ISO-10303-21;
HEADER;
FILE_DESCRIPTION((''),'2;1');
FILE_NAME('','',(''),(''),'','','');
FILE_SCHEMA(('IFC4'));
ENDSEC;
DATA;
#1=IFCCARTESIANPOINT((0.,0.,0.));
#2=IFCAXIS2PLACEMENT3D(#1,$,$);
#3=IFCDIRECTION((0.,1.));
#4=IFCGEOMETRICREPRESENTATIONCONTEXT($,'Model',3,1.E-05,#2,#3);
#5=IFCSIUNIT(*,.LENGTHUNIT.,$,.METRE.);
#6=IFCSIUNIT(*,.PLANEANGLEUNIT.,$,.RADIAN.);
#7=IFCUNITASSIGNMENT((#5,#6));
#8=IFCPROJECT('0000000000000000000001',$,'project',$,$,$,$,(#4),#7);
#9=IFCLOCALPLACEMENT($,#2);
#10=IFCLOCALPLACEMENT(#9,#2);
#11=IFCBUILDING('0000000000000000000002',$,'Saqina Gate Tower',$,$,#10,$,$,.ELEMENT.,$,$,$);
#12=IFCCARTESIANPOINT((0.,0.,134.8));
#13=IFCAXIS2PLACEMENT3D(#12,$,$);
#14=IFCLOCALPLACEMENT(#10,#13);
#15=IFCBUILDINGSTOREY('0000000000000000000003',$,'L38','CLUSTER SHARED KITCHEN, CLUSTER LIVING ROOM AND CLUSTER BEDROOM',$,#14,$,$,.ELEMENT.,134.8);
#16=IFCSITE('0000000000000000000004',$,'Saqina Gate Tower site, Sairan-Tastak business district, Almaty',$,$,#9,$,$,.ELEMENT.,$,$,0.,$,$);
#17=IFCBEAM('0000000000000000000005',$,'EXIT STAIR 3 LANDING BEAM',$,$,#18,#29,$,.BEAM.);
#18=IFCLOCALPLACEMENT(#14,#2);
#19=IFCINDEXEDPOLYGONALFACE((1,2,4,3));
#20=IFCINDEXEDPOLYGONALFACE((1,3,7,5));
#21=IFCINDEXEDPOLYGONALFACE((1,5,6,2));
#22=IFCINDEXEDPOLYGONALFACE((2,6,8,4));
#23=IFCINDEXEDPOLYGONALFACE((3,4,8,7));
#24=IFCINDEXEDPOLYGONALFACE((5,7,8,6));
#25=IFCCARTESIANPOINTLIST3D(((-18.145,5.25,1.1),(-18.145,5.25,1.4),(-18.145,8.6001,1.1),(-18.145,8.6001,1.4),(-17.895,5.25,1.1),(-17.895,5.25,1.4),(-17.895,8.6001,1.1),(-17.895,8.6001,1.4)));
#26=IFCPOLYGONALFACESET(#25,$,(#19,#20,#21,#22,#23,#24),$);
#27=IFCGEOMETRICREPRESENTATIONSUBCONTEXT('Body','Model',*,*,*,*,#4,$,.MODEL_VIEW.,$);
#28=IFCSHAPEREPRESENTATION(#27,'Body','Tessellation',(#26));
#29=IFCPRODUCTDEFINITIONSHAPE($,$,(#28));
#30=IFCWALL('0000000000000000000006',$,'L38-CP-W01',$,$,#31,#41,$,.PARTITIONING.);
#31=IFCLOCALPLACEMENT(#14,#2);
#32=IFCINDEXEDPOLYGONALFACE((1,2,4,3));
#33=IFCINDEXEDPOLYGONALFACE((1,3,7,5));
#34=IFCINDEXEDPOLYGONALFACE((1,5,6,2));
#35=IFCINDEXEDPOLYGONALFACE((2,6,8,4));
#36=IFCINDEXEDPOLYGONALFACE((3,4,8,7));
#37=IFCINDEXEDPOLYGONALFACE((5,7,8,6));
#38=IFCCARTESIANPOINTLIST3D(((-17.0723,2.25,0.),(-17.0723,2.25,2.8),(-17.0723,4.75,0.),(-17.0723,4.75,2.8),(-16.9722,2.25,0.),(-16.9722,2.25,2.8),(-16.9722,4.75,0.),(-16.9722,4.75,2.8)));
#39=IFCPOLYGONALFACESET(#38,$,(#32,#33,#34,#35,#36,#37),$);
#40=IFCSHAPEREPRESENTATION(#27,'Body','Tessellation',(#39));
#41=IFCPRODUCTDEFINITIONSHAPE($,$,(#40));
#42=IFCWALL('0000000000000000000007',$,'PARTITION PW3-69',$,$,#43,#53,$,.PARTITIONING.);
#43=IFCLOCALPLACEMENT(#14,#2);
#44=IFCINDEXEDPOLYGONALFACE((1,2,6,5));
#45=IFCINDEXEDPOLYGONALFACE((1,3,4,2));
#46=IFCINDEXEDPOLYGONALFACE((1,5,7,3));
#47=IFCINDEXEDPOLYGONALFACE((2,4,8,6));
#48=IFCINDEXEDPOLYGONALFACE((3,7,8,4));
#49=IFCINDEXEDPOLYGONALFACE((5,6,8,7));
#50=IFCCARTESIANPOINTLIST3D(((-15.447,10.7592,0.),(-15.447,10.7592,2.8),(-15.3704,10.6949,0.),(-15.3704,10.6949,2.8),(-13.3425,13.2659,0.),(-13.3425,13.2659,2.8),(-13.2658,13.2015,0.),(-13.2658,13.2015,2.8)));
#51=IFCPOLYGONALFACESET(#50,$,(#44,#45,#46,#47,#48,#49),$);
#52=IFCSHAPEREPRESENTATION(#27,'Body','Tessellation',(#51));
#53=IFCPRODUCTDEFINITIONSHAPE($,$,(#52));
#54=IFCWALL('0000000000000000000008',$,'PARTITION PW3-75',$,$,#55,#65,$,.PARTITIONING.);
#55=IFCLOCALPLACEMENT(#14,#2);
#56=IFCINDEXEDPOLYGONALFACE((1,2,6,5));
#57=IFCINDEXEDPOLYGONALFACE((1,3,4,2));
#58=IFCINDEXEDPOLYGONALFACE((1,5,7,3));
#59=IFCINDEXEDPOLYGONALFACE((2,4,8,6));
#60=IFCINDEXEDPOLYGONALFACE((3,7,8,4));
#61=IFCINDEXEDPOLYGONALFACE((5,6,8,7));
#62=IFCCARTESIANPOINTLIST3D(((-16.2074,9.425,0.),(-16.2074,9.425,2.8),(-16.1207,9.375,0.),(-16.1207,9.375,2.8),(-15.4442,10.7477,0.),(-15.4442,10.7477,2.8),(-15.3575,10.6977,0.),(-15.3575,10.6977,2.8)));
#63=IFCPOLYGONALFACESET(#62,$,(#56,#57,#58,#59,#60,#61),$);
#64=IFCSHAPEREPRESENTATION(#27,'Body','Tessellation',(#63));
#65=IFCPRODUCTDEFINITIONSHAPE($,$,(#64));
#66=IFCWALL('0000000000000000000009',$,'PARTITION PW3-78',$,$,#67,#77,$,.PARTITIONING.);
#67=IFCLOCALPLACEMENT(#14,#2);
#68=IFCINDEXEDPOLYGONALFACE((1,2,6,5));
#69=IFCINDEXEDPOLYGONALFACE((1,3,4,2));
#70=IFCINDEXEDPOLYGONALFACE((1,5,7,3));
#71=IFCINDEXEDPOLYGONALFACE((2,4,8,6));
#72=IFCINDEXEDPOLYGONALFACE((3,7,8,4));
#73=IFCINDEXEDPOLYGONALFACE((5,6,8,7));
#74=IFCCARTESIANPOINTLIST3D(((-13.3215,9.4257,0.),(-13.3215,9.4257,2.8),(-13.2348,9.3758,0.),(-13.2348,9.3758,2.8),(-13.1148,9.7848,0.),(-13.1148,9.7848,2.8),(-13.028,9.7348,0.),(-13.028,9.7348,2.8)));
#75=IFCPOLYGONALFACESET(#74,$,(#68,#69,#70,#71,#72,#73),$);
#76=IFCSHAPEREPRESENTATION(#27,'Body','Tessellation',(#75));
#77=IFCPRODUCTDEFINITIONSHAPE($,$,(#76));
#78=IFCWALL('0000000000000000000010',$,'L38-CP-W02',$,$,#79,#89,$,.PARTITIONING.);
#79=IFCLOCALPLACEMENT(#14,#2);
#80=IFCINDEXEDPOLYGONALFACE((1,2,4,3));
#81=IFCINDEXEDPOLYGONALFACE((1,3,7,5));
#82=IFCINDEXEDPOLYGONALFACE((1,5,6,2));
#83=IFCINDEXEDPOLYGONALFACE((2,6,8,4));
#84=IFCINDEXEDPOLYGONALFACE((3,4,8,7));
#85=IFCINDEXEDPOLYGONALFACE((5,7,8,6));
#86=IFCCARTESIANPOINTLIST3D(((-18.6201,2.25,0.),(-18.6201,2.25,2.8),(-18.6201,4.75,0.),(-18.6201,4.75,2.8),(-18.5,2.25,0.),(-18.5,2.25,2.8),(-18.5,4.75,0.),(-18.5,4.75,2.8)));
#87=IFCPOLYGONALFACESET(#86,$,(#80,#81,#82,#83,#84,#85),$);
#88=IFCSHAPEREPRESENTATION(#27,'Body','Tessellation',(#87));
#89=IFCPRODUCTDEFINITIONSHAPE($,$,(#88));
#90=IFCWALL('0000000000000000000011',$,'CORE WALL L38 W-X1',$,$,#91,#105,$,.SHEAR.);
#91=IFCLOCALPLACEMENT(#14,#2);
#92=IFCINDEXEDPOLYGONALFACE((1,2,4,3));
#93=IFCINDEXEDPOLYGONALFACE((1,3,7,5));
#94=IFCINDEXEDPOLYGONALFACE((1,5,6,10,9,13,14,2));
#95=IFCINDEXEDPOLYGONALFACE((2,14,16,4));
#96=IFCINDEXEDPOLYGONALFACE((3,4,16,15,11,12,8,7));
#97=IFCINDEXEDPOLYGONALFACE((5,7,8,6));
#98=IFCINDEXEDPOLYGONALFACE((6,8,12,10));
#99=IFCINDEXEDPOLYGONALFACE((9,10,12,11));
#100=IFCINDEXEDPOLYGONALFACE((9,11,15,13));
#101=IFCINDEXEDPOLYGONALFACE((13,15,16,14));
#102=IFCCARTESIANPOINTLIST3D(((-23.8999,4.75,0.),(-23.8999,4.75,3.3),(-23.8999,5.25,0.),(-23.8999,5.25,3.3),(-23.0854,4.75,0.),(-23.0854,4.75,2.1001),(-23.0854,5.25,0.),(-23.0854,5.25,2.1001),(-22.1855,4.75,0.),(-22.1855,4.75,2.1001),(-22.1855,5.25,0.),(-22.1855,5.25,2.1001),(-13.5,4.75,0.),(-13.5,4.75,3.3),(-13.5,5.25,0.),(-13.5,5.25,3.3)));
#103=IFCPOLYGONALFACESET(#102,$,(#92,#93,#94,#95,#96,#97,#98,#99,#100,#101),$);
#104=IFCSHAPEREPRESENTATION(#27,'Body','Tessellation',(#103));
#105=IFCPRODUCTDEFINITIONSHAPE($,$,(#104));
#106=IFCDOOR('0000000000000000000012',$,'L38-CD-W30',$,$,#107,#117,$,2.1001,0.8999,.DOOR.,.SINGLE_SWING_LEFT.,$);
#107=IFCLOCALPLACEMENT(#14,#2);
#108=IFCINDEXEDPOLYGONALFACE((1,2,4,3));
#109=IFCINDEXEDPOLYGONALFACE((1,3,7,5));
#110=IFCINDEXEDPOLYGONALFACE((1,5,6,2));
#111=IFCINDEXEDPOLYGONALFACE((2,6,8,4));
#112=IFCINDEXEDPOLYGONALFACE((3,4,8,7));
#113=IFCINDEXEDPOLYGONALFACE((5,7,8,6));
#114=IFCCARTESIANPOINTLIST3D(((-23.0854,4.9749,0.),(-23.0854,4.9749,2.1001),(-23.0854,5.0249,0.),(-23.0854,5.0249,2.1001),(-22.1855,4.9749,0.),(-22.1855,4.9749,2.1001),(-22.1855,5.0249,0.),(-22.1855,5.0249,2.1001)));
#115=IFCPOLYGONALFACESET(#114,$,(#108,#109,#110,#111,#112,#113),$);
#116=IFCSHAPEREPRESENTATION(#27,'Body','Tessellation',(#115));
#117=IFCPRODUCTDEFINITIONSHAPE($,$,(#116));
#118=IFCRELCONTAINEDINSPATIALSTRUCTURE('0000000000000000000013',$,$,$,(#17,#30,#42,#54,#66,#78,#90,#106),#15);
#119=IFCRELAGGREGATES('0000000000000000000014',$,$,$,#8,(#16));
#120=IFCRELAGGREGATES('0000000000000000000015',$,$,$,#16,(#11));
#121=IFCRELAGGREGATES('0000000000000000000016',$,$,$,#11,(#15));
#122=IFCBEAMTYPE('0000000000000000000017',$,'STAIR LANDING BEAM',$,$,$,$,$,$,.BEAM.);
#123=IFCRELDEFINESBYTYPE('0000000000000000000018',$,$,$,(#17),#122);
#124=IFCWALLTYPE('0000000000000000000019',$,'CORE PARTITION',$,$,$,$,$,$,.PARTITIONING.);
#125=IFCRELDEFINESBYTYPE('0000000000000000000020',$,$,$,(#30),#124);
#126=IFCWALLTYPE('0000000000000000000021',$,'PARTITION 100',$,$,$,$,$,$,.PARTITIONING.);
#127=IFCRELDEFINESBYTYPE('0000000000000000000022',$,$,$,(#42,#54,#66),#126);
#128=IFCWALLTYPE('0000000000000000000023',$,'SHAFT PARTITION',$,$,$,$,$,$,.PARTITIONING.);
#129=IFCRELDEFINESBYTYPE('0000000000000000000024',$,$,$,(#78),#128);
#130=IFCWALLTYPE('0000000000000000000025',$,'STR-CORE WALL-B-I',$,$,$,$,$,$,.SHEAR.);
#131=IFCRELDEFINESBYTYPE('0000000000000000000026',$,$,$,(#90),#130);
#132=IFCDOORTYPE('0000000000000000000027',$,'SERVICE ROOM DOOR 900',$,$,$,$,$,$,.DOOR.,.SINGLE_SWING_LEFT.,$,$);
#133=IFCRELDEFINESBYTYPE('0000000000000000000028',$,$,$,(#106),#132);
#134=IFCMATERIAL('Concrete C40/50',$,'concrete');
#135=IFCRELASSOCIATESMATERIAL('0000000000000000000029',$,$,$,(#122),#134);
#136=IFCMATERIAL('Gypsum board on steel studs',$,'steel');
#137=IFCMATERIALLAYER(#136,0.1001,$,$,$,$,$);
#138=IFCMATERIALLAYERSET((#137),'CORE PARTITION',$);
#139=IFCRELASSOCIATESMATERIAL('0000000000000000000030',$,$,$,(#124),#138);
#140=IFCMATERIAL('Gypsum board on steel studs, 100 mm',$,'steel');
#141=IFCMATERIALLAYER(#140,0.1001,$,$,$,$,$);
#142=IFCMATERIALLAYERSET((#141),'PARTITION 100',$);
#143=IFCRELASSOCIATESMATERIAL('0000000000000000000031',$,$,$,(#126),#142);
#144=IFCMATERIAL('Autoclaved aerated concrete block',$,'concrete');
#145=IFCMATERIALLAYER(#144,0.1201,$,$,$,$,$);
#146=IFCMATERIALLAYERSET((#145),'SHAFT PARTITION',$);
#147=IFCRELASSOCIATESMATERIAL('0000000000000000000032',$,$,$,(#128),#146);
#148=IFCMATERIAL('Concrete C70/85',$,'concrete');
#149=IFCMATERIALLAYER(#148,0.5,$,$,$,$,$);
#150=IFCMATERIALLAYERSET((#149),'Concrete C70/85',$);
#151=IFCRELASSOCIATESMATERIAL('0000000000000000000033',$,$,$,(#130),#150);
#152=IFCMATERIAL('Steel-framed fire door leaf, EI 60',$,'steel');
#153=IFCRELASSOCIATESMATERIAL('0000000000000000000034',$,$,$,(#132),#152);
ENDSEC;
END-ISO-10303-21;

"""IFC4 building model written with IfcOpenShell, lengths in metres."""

from ifc_helpers import new_model, si_unit, direction, frame, frame_2d, origin, origin_2d, place, context, subcontext, project, spatial, rectangle, extrude, material, layer, layer_set, material_profile, profile_set, type_object, element, fill, save


model = new_model("IFC4")

# Units and contexts
model_context = context("Model", 3, precision=1e-05, world=origin(), true_north=direction((0.0, 1.0)))
body_context = subcontext(model_context, "Body", "Model", "MODEL_VIEW")
ifc_project = project(units=[si_unit("LENGTHUNIT", "METRE"), si_unit("PLANEANGLEUNIT", "RADIAN")], contexts=[model_context])

# Site, building, storey
site_placement = place(None, origin())
site = spatial("IfcSite", under=ifc_project, at=site_placement, Name="Saqina Gate Tower site, Sairan-Tastak business district, Almaty", CompositionType="ELEMENT", RefElevation=0.0)
building_placement = place(site_placement, origin())
building = spatial("IfcBuilding", under=site, at=building_placement, Name="Saqina Gate Tower", CompositionType="ELEMENT")
storey_placement = place(building_placement, frame((0.0, 0.0, 134.8)))
storey = spatial("IfcBuildingStorey", under=building, at=storey_placement, Name="L38", Description="CLUSTER SHARED KITCHEN, CLUSTER LIVING ROOM AND CLUSTER BEDROOM", CompositionType="ELEMENT", Elevation=134.8)

# Beam
ifc_material_1 = material(Name="Concrete C40/50", Category="concrete")
ifc_material_profile = material_profile(ifc_material_1, rectangle(XDim=0.25, YDim=0.3, at=origin_2d()), Name="STAIR LANDING BEAM")
ifc_profile_set = profile_set([ifc_material_profile], Name="Concrete C40/50")
beam_type = type_object("IfcBeamType", Name="STAIR LANDING BEAM", PredefinedType="BEAM", material=ifc_profile_set)
beam_placement = place(storey_placement, frame((-18.02, 5.25, 1.25), z_axis=(0.0, 1.0, 0.0), x_axis=(-1.0, 0.0, 0.0)))
element("IfcBeam", 1, at=beam_placement, inside=storey, type_object=beam_type, Name="EXIT STAIR 3 LANDING BEAM", PredefinedType="BEAM", context=body_context, shape_type="SweptSolid", body=[
    extrude(rectangle(XDim=0.25, YDim=0.3, at=origin_2d()), origin(), (0.0, 0.0, 1.0), 3.3501),
])

# Walls
ifc_material_2 = material(Name="Gypsum board on steel studs", Category="steel")
ifc_layer_1 = layer(ifc_material_2, 0.1001)
ifc_layer_set_1 = layer_set([ifc_layer_1], Name="CORE PARTITION")
wall_type_1 = type_object("IfcWallType", Name="CORE PARTITION", PredefinedType="PARTITIONING", material=ifc_layer_set_1)
wall_1_placement = place(storey_placement, frame((-17.0222, 2.25, 0.0), z_axis=(0.0, 0.0, 1.0), x_axis=(0.0, 1.0, 0.0)))
element("IfcWall", 2, at=wall_1_placement, inside=storey, type_object=wall_type_1, Name="L38-CP-W01", PredefinedType="PARTITIONING", context=body_context, shape_type="SweptSolid", body=[
    extrude(rectangle(XDim=2.5, YDim=0.1001, at=frame_2d((1.25, 0.0))), origin(), (0.0, 0.0, 1.0), 2.8),
])
ifc_material_3 = material(Name="Gypsum board on steel studs, 100 mm", Category="steel")
ifc_layer_2 = layer(ifc_material_3, 0.1001)
ifc_layer_set_2 = layer_set([ifc_layer_2], Name="PARTITION 100")
wall_type_2 = type_object("IfcWallType", Name="PARTITION 100", PredefinedType="PARTITIONING", material=ifc_layer_set_2)
wall_2_placement = place(storey_placement, frame((-15.4087, 10.7271, 0.0), z_axis=(0.0, 0.0, 1.0), x_axis=(0.643005, 0.765862, 0.0)))
element("IfcWall", 3, at=wall_2_placement, inside=storey, type_object=wall_type_2, Name="PARTITION PW3-69", PredefinedType="PARTITIONING", context=body_context, shape_type="SweptSolid", body=[
    extrude(rectangle(XDim=3.2729, YDim=0.1001, at=frame_2d((1.6365, 0.0))), origin(), (0.0, 0.0, 1.0), 2.8),
])
wall_3_placement = place(storey_placement, frame((-16.1641, 9.3999, 0.0), z_axis=(0.0, 0.0, 1.0), x_axis=(0.49975, 0.86617, 0.0)))
element("IfcWall", 4, at=wall_3_placement, inside=storey, type_object=wall_type_2, Name="PARTITION PW3-75", PredefinedType="PARTITIONING", context=body_context, shape_type="SweptSolid", body=[
    extrude(rectangle(XDim=1.5271, YDim=0.1001, at=frame_2d((0.7637, 0.0))), origin(), (0.0, 0.0, 1.0), 2.8),
])
wall_4_placement = place(storey_placement, frame((-13.2781, 9.4009, 0.0), z_axis=(0.0, 0.0, 1.0), x_axis=(0.498991, 0.866607, 0.0)))
element("IfcWall", 5, at=wall_4_placement, inside=storey, type_object=wall_type_2, Name="PARTITION PW3-78", PredefinedType="PARTITIONING", context=body_context, shape_type="SweptSolid", body=[
    extrude(rectangle(XDim=0.4143, YDim=0.1001, at=frame_2d((0.207, 0.0))), origin(), (0.0, 0.0, 1.0), 2.8),
])
ifc_material_4 = material(Name="Autoclaved aerated concrete block", Category="concrete")
ifc_layer_3 = layer(ifc_material_4, 0.1201)
ifc_layer_set_3 = layer_set([ifc_layer_3], Name="SHAFT PARTITION")
wall_type_3 = type_object("IfcWallType", Name="SHAFT PARTITION", PredefinedType="PARTITIONING", material=ifc_layer_set_3)
wall_5_placement = place(storey_placement, frame((-18.5601, 2.25, 0.0), z_axis=(0.0, 0.0, 1.0), x_axis=(0.0, 1.0, 0.0)))
element("IfcWall", 6, at=wall_5_placement, inside=storey, type_object=wall_type_3, Name="L38-CP-W02", PredefinedType="PARTITIONING", context=body_context, shape_type="SweptSolid", body=[
    extrude(rectangle(XDim=2.5, YDim=0.1201, at=frame_2d((1.25, 0.0))), origin(), (0.0, 0.0, 1.0), 2.8),
])

# Wall, opening, door
ifc_material_5 = material(Name="Concrete C70/85", Category="concrete")
ifc_layer_4 = layer(ifc_material_5, 0.5)
ifc_layer_set_4 = layer_set([ifc_layer_4], Name="Concrete C70/85")
wall_type_4 = type_object("IfcWallType", Name="STR-CORE WALL-B-I", PredefinedType="SHEAR", material=ifc_layer_set_4)
wall_6_placement = place(storey_placement, frame((-13.5, 5.0, 0.0), z_axis=(0.0, 0.0, 1.0), x_axis=(-1.0, 0.0, 0.0)))
wall_6 = element("IfcWall", 7, at=wall_6_placement, inside=storey, type_object=wall_type_4, Name="CORE WALL L38 W-X1", PredefinedType="SHEAR", context=body_context, shape_type="SweptSolid", body=[
    extrude(rectangle(XDim=10.3999, YDim=0.5, at=frame_2d((5.2, 0.0))), origin(), (0.0, 0.0, 1.0), 3.3),
])
opening_1_placement = place(wall_6_placement, frame((8.6855, 0.0, 0.0)))
opening_1 = element("IfcOpeningElement", 8, at=opening_1_placement, cuts=wall_6, PredefinedType="OPENING", context=body_context, shape_type="SweptSolid", body=[
    extrude(rectangle(XDim=0.8999, YDim=2.1001, at=frame_2d((0.45, 1.05))), frame((0.0, 0.262, 0.0), z_axis=(0.0, -1.0, 0.0), x_axis=(1.0, 0.0, 0.0)), (0.0, 0.0, 1.0), 0.5239),
])
ifc_material_6 = material(Name="Steel-framed fire door leaf, EI 60", Category="steel")
door_type_1 = type_object("IfcDoorType", Name="SERVICE ROOM DOOR 900", OperationType="SINGLE_SWING_LEFT", PredefinedType="DOOR", material=ifc_material_6)
door_1_placement = place(opening_1_placement, frame((0.8999, 0.0, 0.0), z_axis=(0.0, 0.0, 1.0), x_axis=(-1.0, 0.0, 0.0)))
door_1 = element("IfcDoor", 9, at=door_1_placement, inside=storey, type_object=door_type_1, Name="L38-CD-W30", OperationType="SINGLE_SWING_LEFT", OverallHeight=2.1001, OverallWidth=0.8999, PredefinedType="DOOR", context=body_context, shape_type="SweptSolid", body=[
    extrude(rectangle(XDim=0.8999, YDim=2.1001, at=frame_2d((0.45, 1.05))), frame((0.0, 0.0249, 0.0), z_axis=(0.0, -1.0, 0.0), x_axis=(1.0, 0.0, 0.0)), (0.0, 0.0, 1.0), 0.05),
])
fill(opening_1, door_1)

save(model, "model.ifc")
